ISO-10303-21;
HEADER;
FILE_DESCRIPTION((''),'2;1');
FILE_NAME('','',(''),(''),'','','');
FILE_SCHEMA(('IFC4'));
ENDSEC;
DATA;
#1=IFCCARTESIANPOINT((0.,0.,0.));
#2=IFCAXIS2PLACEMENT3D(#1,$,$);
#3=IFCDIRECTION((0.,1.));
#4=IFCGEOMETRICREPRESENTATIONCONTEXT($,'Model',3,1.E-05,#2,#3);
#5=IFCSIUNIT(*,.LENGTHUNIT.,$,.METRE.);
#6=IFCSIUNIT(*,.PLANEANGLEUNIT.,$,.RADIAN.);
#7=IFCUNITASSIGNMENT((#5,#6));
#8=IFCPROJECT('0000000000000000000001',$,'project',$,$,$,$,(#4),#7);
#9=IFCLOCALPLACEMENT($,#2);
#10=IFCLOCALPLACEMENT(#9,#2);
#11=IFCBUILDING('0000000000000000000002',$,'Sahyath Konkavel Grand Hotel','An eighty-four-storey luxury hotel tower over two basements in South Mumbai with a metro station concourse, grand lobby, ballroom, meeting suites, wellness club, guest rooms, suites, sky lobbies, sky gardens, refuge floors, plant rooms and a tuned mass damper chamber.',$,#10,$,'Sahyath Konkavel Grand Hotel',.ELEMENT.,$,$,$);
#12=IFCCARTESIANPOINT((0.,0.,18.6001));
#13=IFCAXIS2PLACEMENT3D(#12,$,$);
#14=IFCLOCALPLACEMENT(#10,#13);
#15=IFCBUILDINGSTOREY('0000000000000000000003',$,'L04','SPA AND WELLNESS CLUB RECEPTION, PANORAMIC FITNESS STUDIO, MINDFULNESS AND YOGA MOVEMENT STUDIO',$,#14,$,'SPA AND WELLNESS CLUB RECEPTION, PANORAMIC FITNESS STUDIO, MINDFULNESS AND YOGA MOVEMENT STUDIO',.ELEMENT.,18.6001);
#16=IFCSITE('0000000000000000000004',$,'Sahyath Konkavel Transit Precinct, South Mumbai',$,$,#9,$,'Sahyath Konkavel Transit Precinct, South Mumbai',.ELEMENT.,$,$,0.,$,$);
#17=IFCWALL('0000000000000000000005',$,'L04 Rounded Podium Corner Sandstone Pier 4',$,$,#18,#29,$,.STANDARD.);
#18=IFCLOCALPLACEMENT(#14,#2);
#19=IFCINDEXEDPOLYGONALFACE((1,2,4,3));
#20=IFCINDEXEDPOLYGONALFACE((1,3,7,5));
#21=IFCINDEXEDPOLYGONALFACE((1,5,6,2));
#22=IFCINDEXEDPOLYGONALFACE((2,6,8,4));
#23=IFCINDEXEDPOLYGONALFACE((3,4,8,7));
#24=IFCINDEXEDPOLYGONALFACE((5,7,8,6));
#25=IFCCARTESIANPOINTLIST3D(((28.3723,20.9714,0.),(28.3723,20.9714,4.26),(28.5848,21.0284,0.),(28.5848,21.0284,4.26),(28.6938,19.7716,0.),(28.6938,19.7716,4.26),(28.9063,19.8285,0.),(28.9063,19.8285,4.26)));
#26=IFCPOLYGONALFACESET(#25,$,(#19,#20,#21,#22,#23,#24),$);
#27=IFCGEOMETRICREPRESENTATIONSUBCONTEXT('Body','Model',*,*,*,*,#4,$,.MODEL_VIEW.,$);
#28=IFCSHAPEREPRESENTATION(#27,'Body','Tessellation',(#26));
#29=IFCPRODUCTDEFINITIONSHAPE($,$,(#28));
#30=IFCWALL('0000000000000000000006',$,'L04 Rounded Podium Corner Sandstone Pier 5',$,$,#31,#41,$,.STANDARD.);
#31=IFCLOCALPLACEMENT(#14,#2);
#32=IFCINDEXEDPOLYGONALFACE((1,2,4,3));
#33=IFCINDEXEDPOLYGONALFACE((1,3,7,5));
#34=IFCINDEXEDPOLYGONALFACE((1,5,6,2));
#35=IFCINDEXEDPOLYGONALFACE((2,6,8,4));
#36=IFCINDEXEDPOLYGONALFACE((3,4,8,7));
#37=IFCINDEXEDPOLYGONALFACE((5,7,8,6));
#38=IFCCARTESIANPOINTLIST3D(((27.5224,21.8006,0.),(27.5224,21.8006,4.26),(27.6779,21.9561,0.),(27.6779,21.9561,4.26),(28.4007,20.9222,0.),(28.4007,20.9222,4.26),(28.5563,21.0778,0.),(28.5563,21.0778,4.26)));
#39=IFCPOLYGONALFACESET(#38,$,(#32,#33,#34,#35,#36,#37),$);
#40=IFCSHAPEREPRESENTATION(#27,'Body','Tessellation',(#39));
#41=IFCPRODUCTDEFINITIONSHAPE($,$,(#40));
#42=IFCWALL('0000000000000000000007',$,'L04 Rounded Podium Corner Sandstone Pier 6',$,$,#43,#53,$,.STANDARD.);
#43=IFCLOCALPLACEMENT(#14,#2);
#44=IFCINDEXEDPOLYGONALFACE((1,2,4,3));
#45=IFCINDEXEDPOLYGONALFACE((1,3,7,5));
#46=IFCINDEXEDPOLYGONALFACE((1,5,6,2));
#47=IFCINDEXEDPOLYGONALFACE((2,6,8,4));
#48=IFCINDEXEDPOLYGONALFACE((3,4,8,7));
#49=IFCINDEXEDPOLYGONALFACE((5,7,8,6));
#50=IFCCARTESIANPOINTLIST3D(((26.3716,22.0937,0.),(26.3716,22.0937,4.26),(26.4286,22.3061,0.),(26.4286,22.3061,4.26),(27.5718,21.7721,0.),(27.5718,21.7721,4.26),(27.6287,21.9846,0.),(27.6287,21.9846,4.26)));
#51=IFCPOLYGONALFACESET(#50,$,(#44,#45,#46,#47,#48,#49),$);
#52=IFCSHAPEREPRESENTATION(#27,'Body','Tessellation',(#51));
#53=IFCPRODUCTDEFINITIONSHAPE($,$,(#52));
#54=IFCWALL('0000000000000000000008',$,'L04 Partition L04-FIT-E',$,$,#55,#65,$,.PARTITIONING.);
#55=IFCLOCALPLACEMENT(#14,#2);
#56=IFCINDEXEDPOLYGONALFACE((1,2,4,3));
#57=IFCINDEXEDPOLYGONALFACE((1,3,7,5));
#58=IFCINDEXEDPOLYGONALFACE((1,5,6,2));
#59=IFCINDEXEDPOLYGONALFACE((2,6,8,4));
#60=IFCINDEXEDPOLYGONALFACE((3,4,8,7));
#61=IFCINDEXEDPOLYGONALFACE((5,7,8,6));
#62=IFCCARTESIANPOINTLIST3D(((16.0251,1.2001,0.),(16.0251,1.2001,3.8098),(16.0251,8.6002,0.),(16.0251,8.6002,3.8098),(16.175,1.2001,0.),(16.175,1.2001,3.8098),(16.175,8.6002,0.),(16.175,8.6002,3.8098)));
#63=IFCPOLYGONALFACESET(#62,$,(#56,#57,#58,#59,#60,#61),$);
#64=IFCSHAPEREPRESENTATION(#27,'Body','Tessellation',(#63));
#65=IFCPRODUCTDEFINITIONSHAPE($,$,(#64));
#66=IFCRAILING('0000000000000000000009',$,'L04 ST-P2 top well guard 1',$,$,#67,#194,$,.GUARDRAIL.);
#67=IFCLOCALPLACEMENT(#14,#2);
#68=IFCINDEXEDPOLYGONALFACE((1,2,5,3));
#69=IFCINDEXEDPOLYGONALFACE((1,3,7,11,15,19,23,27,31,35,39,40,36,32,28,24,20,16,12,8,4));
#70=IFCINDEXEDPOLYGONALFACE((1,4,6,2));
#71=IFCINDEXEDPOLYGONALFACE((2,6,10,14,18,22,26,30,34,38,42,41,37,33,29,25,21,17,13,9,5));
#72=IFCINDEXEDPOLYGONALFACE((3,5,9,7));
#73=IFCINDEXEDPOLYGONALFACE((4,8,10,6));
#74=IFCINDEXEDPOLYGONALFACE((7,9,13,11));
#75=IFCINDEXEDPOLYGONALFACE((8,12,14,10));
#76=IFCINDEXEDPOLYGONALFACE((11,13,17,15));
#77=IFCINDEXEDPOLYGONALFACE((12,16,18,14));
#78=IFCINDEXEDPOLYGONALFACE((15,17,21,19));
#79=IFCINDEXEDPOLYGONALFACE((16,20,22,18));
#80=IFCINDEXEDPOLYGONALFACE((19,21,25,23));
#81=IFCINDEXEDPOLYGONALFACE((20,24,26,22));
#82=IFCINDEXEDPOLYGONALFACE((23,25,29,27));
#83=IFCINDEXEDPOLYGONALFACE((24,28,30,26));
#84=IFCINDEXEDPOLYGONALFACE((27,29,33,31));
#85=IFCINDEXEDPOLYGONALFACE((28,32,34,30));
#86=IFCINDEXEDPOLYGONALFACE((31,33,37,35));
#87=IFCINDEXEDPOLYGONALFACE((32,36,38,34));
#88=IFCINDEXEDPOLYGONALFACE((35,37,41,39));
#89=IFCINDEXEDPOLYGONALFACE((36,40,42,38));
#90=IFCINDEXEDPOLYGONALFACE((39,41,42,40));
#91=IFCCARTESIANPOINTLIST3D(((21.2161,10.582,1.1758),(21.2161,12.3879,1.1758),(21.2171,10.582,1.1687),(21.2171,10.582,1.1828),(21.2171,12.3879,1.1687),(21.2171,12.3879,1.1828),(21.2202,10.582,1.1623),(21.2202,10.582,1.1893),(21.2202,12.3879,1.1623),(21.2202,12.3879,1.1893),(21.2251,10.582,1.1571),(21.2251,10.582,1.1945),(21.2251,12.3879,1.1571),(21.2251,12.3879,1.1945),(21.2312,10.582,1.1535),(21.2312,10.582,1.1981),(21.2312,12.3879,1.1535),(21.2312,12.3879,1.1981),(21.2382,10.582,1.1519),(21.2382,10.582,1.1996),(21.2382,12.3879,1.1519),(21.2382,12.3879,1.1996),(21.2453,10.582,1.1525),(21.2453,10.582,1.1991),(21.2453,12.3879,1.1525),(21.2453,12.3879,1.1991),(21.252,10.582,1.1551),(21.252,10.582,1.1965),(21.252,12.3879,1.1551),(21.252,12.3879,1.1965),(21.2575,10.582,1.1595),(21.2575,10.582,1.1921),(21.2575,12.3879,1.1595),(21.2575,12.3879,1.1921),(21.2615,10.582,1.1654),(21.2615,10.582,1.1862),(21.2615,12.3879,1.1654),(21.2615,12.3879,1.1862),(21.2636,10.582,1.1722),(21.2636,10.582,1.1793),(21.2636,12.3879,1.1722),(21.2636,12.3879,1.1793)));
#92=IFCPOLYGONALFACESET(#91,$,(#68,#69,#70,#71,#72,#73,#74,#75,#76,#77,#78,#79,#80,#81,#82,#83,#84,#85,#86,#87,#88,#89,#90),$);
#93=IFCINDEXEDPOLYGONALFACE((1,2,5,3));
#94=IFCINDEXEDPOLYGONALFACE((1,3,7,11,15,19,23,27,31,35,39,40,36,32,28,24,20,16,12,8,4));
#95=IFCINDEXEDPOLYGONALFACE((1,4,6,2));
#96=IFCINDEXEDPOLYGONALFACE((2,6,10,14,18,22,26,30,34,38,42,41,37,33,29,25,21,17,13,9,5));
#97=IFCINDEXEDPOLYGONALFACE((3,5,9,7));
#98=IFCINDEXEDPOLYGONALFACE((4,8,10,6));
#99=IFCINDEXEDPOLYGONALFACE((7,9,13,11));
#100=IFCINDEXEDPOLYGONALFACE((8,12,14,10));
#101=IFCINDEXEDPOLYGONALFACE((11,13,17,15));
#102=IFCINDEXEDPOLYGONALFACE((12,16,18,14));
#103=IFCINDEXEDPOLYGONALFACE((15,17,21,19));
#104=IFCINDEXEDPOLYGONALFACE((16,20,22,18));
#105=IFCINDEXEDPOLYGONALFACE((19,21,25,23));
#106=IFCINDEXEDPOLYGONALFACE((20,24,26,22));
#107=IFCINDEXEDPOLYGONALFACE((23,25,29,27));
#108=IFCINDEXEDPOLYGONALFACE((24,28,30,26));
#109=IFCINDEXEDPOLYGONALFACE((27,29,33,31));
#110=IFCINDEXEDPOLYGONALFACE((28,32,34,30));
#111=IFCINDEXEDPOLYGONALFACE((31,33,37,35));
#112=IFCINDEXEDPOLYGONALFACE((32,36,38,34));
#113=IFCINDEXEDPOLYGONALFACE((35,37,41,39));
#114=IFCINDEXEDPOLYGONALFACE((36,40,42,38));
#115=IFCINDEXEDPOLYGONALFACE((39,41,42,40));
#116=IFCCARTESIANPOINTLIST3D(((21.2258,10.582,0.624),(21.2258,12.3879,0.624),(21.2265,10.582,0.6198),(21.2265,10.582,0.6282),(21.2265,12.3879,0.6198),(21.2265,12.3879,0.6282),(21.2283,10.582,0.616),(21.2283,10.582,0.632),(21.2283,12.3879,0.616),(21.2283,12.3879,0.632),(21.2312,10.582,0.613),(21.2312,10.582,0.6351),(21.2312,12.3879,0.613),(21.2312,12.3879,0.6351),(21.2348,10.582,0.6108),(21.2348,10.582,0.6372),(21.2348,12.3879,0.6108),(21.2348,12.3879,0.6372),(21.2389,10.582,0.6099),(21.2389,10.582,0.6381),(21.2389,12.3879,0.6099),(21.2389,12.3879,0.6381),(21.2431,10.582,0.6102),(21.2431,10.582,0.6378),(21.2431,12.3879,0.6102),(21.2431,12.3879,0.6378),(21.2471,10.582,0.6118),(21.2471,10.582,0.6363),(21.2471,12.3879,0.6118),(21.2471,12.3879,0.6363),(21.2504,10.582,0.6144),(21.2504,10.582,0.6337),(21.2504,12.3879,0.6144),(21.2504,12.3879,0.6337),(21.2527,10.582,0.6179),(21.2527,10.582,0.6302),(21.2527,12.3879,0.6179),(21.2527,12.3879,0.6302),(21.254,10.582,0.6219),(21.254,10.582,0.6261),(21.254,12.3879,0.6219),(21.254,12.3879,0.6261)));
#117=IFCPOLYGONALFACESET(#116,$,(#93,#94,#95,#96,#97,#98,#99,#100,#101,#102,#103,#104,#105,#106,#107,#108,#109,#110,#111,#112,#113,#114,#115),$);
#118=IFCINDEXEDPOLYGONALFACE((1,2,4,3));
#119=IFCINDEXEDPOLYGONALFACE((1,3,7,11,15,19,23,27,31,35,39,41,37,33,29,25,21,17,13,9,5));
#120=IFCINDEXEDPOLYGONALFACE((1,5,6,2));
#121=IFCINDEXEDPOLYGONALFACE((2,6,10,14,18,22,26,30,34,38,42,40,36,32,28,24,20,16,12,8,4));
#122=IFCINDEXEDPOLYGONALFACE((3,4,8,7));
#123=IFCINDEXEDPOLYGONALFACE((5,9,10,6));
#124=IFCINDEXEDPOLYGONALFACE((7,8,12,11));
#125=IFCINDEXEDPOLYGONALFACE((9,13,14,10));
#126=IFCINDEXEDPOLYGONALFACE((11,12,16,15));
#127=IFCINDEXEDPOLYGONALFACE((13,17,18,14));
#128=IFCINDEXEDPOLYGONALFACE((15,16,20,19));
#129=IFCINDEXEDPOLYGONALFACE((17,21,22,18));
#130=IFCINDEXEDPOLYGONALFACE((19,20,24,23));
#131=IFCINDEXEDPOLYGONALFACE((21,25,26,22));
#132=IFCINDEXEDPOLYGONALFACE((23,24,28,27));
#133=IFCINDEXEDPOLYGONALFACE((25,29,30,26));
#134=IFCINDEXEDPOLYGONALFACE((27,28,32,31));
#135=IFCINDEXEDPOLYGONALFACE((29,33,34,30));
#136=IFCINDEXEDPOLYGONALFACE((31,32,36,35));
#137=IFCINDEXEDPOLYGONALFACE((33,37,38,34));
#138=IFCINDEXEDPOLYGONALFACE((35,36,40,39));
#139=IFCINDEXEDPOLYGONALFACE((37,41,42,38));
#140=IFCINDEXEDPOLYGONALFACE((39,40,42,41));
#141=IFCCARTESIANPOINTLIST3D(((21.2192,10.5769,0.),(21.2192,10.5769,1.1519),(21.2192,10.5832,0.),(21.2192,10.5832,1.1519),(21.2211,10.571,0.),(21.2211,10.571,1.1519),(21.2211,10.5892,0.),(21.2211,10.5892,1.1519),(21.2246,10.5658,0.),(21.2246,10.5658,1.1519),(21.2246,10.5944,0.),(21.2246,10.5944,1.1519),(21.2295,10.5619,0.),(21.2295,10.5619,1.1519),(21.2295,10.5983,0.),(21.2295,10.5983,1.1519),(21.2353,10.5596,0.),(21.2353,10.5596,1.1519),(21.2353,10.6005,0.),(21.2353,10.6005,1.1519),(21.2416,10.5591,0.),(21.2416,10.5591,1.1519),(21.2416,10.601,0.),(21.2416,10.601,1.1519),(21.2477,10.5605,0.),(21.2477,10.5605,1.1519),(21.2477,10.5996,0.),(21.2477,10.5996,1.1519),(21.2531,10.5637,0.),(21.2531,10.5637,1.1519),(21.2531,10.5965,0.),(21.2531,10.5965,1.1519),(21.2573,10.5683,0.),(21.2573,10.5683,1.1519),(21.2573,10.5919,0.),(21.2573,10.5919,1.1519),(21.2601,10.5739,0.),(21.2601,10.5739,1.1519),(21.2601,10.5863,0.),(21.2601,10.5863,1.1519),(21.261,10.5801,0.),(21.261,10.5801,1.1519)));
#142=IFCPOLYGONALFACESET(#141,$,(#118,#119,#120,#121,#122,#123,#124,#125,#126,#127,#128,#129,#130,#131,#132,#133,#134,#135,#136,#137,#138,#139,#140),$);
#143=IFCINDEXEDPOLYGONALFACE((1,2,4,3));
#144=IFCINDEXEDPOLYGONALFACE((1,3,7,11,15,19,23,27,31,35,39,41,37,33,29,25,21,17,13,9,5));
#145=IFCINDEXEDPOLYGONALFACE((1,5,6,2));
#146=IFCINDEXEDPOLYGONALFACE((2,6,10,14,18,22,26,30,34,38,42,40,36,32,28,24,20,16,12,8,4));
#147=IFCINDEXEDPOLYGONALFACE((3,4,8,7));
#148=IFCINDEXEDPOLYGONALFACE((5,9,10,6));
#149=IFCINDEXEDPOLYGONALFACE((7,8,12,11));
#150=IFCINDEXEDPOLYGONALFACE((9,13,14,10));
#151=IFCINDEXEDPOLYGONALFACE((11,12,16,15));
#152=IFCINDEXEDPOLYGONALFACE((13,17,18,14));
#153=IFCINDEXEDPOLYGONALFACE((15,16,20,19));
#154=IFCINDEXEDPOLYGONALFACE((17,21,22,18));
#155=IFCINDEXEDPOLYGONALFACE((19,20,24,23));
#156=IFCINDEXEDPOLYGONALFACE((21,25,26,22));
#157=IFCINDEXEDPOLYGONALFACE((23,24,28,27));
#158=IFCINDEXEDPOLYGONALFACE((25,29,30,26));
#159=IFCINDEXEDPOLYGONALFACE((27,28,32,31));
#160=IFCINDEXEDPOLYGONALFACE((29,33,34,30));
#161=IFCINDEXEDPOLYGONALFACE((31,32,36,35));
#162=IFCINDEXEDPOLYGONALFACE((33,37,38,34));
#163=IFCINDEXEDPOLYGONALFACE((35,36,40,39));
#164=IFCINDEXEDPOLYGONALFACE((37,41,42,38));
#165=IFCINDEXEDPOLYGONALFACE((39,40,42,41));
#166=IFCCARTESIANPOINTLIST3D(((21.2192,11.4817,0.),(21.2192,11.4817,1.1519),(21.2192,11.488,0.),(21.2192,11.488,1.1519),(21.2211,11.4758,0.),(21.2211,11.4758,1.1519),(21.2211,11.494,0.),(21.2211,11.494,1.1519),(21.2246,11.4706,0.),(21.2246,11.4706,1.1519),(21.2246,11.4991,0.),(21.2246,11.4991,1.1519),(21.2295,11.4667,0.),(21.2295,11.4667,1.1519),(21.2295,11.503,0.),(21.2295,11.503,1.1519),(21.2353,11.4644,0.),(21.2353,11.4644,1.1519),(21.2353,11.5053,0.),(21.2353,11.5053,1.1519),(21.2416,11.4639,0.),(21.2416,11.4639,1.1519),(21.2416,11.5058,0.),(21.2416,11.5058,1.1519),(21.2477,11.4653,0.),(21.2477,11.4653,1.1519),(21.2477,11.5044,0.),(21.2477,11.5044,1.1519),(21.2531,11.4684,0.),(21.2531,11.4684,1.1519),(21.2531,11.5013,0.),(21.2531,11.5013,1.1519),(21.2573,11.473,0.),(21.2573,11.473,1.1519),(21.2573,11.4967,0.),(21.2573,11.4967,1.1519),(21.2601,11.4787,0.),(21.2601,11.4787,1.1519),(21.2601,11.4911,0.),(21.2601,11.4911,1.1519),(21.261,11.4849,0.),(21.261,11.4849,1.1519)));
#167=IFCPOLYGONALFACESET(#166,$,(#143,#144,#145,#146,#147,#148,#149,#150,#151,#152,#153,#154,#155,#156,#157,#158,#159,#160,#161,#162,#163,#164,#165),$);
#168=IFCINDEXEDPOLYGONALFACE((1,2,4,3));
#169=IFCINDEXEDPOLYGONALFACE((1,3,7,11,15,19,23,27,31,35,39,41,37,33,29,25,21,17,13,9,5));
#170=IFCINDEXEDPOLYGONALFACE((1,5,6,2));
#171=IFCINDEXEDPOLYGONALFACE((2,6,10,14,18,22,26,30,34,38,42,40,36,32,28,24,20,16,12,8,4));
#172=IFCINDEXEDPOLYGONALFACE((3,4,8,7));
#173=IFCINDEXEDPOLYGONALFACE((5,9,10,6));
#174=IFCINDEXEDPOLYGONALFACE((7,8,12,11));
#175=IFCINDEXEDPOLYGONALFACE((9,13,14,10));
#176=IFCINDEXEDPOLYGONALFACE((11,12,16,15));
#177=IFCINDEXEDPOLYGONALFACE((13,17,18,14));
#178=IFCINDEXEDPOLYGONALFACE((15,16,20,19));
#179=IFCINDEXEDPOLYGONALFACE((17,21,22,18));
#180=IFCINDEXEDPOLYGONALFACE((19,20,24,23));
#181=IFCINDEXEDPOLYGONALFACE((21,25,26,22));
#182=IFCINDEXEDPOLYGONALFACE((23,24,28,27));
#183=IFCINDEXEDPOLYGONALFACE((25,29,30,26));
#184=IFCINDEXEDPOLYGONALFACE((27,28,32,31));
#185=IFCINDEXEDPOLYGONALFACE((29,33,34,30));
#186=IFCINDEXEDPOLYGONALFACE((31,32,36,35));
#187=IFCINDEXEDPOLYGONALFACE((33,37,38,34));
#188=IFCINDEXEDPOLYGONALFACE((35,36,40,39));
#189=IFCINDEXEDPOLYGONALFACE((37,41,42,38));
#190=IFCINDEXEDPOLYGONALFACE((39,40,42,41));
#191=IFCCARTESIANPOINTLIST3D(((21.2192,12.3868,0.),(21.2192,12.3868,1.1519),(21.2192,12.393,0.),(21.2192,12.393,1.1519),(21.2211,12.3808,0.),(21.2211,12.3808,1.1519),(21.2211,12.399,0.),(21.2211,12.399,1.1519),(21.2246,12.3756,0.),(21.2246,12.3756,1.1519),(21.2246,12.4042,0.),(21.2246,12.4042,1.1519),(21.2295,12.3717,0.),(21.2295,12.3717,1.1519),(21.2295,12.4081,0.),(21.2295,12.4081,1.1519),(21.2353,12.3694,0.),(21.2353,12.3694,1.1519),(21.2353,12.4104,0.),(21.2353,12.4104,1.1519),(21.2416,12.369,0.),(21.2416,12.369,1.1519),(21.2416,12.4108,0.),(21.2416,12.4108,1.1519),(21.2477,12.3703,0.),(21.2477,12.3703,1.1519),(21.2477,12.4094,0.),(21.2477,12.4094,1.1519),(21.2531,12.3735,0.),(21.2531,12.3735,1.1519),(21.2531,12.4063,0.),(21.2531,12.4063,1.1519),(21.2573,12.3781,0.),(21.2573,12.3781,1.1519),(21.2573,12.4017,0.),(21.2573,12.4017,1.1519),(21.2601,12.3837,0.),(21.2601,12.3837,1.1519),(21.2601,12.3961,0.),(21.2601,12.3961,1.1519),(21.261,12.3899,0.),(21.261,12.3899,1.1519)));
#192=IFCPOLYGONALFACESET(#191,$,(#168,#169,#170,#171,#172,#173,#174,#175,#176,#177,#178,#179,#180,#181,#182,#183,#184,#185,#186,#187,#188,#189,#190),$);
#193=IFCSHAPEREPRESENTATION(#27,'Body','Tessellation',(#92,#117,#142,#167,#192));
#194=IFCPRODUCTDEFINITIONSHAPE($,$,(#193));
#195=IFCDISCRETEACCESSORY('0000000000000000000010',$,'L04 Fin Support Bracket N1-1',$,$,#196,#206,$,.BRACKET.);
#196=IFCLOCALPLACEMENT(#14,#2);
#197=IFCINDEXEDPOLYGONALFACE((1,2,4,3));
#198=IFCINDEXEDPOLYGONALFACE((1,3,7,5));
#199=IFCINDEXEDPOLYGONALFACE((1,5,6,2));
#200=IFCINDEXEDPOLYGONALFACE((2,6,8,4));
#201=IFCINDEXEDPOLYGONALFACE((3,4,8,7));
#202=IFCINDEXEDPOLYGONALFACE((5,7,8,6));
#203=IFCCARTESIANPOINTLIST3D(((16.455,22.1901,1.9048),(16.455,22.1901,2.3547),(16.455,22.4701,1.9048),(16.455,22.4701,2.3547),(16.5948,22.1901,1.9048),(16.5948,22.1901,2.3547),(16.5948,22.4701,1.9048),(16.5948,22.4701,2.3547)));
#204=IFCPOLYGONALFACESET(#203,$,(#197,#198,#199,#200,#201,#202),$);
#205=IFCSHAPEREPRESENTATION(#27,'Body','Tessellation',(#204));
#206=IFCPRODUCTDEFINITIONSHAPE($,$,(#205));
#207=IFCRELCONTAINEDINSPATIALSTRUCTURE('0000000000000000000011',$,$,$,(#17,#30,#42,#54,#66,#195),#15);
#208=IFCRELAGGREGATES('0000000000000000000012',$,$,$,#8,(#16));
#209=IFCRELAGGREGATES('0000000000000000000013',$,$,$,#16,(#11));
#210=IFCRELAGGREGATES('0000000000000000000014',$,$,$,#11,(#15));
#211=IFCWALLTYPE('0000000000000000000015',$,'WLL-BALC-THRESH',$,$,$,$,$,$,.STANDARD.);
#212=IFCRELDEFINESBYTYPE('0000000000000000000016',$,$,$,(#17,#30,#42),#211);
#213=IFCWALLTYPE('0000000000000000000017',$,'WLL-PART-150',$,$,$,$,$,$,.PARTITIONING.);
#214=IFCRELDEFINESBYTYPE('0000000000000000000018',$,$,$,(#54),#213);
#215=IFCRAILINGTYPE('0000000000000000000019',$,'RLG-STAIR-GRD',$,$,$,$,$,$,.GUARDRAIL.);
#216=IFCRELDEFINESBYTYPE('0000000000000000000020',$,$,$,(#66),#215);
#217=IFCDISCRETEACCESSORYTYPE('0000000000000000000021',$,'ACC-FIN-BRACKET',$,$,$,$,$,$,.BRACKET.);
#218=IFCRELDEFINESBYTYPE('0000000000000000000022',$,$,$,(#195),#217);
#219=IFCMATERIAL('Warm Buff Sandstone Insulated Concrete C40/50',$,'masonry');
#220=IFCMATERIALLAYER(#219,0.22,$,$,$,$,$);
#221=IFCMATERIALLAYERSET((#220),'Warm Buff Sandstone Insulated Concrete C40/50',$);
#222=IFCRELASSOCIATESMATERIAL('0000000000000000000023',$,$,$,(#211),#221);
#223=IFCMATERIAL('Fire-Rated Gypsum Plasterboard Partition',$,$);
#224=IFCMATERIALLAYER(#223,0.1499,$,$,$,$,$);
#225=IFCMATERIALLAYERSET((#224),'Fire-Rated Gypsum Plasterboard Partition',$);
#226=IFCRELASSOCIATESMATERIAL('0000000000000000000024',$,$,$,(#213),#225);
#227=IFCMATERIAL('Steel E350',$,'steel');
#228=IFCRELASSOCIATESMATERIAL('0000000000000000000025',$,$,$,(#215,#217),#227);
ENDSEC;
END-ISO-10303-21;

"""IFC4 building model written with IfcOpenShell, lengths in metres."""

from ifc_helpers import new_model, si_unit, direction, frame, frame_2d, origin, origin_2d, place, context, subcontext, project, spatial, rectangle, circle, extrude, source, transform, mapped, material, layer, layer_set, type_object, element, save


model = new_model("IFC4")

# Units and contexts
model_context = context("Model", 3, precision=1e-05, world=origin(), true_north=direction((0.0, 1.0)))
body_context = subcontext(model_context, "Body", "Model", "MODEL_VIEW")
ifc_project = project(units=[si_unit("LENGTHUNIT", "METRE"), si_unit("PLANEANGLEUNIT", "RADIAN")], contexts=[model_context])

# Site, building, storey
site_placement = place(None, origin())
site = spatial("IfcSite", under=ifc_project, at=site_placement, Name="Sahyath Konkavel Transit Precinct, South Mumbai", LongName="Sahyath Konkavel Transit Precinct, South Mumbai", CompositionType="ELEMENT", RefElevation=0.0)
building_placement = place(site_placement, origin())
building = spatial("IfcBuilding", under=site, at=building_placement, Name="Sahyath Konkavel Grand Hotel", Description="An eighty-four-storey luxury hotel tower over two basements in South Mumbai with a metro station concourse, grand lobby, ballroom, meeting suites, wellness club, guest rooms, suites, sky lobbies, sky gardens, refuge floors, plant rooms and a tuned mass damper chamber.", LongName="Sahyath Konkavel Grand Hotel", CompositionType="ELEMENT")
storey_placement = place(building_placement, frame((0.0, 0.0, 18.6001)))
storey = spatial("IfcBuildingStorey", under=building, at=storey_placement, Name="L04", Description="SPA AND WELLNESS CLUB RECEPTION, PANORAMIC FITNESS STUDIO, MINDFULNESS AND YOGA MOVEMENT STUDIO", LongName="SPA AND WELLNESS CLUB RECEPTION, PANORAMIC FITNESS STUDIO, MINDFULNESS AND YOGA MOVEMENT STUDIO", CompositionType="ELEMENT", Elevation=18.6001)

# Shared definitions
ifc_material_1 = material(Name="Steel E350", Category="steel")

# Walls
ifc_material_2 = material(Name="Warm Buff Sandstone Insulated Concrete C40/50", Category="masonry")
ifc_layer_1 = layer(ifc_material_2, 0.22)
ifc_layer_set_1 = layer_set([ifc_layer_1], Name="Warm Buff Sandstone Insulated Concrete C40/50")
wall_type_1 = type_object("IfcWallType", Name="WLL-BALC-THRESH", PredefinedType="STANDARD", material=ifc_layer_set_1)
for number, where, z_axis, x_axis, name in (
    (1, (28.8, 19.8, 0.0), (0.0, 0.0, 1.0), (-0.258824, 0.965924, 0.0), "L04 Rounded Podium Corner Sandstone Pier 4"),
    (2, (28.4785, 21.0, 0.0), (0.0, 0.0, 1.0), (-0.707107, 0.707107, 0.0), "L04 Rounded Podium Corner Sandstone Pier 5"),
):
    element("IfcWall", number, at=place(storey_placement, frame(where, z_axis=z_axis, x_axis=x_axis)), inside=storey, type_object=wall_type_1, Name=name, PredefinedType="STANDARD", context=body_context, shape_type="SweptSolid", body=[
        extrude(rectangle(XDim=1.2422, YDim=0.22, at=frame_2d((0.6211, 0.0))), origin(), (0.0, 0.0, 1.0), 4.26),
    ])
wall_1_placement = place(storey_placement, frame((27.6001, 21.8784, 0.0), z_axis=(0.0, 0.0, 1.0), x_axis=(-0.965938, 0.258775, 0.0)))
element("IfcWall", 3, at=wall_1_placement, inside=storey, type_object=wall_type_1, Name="L04 Rounded Podium Corner Sandstone Pier 6", PredefinedType="STANDARD", context=body_context, shape_type="SweptSolid", body=[
    extrude(rectangle(XDim=1.2424, YDim=0.22, at=frame_2d((0.6211, 0.0))), origin(), (0.0, 0.0, 1.0), 4.26),
])
ifc_material_3 = material(Name="Fire-Rated Gypsum Plasterboard Partition")
ifc_layer_2 = layer(ifc_material_3, 0.1499)
ifc_layer_set_2 = layer_set([ifc_layer_2], Name="Fire-Rated Gypsum Plasterboard Partition")
wall_type_2 = type_object("IfcWallType", Name="WLL-PART-150", PredefinedType="PARTITIONING", material=ifc_layer_set_2)
wall_2_placement = place(storey_placement, frame((16.1001, 1.2, 0.0), z_axis=(0.0, 0.0, 1.0), x_axis=(0.0, 1.0, 0.0)))
element("IfcWall", 4, at=wall_2_placement, inside=storey, type_object=wall_type_2, Name="L04 Partition L04-FIT-E", PredefinedType="PARTITIONING", context=body_context, shape_type="SweptSolid", body=[
    extrude(rectangle(XDim=7.4001, YDim=0.1499, at=frame_2d((3.7002, 0.0))), origin(), (0.0, 0.0, 1.0), 3.8098),
])

# Railing
railing_type = type_object("IfcRailingType", Name="RLG-STAIR-GRD", PredefinedType="GUARDRAIL", material=ifc_material_1)
railing_placement = place(storey_placement, frame((21.24, 10.5801, 0.0)))
element("IfcRailing", 5, at=railing_placement, inside=storey, type_object=railing_type, Name="L04 ST-P2 top well guard 1", PredefinedType="GUARDRAIL", context=body_context, shape_type="SweptSolid", body=[
    extrude(circle(Radius=0.0239, at=origin_2d()), frame((0.0, 0.002, 1.1758), z_axis=(0.0, 1.0, 0.0), x_axis=(-1.0, 0.0, 0.0)), (0.0, 0.0, 1.0), 1.8059),
    extrude(circle(Radius=0.0142, at=origin_2d()), frame((0.0, 0.002, 0.624), z_axis=(0.0, 1.0, 0.0), x_axis=(-1.0, 0.0, 0.0)), (0.0, 0.0, 1.0), 1.8059),
    extrude(circle(Radius=0.021, at=origin_2d()), origin(), (0.0, 0.0, 1.0), 1.1519),
    extrude(circle(Radius=0.021, at=origin_2d()), frame((0.0, 0.9048, 0.0)), (0.0, 0.0, 1.0), 1.1519),
    extrude(circle(Radius=0.021, at=origin_2d()), frame((0.0, 1.8098, 0.0)), (0.0, 0.0, 1.0), 1.1519),
])

# Discrete accessory
discrete_accessory_type = type_object("IfcDiscreteAccessoryType", Name="ACC-FIN-BRACKET", PredefinedType="BRACKET", material=ifc_material_1)
shared_shape_1 = source(origin(), body_context, "Body", "SweptSolid", [
    extrude(rectangle(XDim=0.28, YDim=0.1399, at=origin_2d()), origin(), (0.0, 0.0, 1.0), 0.45),
])
discrete_accessory_placement = place(storey_placement, frame((16.5249, 22.3301, 1.9048), z_axis=(0.0, 0.0, 1.0), x_axis=(0.0, 1.0, 0.0)))
element("IfcDiscreteAccessory", 6, at=discrete_accessory_placement, inside=storey, type_object=discrete_accessory_type, Name="L04 Fin Support Bracket N1-1", PredefinedType="BRACKET", context=body_context, shape_type="MappedRepresentation", body=[
    mapped(shared_shape_1, transform((0.0, 0.0, 0.0), scale=1.0)),
])

save(model, "model.ifc")
